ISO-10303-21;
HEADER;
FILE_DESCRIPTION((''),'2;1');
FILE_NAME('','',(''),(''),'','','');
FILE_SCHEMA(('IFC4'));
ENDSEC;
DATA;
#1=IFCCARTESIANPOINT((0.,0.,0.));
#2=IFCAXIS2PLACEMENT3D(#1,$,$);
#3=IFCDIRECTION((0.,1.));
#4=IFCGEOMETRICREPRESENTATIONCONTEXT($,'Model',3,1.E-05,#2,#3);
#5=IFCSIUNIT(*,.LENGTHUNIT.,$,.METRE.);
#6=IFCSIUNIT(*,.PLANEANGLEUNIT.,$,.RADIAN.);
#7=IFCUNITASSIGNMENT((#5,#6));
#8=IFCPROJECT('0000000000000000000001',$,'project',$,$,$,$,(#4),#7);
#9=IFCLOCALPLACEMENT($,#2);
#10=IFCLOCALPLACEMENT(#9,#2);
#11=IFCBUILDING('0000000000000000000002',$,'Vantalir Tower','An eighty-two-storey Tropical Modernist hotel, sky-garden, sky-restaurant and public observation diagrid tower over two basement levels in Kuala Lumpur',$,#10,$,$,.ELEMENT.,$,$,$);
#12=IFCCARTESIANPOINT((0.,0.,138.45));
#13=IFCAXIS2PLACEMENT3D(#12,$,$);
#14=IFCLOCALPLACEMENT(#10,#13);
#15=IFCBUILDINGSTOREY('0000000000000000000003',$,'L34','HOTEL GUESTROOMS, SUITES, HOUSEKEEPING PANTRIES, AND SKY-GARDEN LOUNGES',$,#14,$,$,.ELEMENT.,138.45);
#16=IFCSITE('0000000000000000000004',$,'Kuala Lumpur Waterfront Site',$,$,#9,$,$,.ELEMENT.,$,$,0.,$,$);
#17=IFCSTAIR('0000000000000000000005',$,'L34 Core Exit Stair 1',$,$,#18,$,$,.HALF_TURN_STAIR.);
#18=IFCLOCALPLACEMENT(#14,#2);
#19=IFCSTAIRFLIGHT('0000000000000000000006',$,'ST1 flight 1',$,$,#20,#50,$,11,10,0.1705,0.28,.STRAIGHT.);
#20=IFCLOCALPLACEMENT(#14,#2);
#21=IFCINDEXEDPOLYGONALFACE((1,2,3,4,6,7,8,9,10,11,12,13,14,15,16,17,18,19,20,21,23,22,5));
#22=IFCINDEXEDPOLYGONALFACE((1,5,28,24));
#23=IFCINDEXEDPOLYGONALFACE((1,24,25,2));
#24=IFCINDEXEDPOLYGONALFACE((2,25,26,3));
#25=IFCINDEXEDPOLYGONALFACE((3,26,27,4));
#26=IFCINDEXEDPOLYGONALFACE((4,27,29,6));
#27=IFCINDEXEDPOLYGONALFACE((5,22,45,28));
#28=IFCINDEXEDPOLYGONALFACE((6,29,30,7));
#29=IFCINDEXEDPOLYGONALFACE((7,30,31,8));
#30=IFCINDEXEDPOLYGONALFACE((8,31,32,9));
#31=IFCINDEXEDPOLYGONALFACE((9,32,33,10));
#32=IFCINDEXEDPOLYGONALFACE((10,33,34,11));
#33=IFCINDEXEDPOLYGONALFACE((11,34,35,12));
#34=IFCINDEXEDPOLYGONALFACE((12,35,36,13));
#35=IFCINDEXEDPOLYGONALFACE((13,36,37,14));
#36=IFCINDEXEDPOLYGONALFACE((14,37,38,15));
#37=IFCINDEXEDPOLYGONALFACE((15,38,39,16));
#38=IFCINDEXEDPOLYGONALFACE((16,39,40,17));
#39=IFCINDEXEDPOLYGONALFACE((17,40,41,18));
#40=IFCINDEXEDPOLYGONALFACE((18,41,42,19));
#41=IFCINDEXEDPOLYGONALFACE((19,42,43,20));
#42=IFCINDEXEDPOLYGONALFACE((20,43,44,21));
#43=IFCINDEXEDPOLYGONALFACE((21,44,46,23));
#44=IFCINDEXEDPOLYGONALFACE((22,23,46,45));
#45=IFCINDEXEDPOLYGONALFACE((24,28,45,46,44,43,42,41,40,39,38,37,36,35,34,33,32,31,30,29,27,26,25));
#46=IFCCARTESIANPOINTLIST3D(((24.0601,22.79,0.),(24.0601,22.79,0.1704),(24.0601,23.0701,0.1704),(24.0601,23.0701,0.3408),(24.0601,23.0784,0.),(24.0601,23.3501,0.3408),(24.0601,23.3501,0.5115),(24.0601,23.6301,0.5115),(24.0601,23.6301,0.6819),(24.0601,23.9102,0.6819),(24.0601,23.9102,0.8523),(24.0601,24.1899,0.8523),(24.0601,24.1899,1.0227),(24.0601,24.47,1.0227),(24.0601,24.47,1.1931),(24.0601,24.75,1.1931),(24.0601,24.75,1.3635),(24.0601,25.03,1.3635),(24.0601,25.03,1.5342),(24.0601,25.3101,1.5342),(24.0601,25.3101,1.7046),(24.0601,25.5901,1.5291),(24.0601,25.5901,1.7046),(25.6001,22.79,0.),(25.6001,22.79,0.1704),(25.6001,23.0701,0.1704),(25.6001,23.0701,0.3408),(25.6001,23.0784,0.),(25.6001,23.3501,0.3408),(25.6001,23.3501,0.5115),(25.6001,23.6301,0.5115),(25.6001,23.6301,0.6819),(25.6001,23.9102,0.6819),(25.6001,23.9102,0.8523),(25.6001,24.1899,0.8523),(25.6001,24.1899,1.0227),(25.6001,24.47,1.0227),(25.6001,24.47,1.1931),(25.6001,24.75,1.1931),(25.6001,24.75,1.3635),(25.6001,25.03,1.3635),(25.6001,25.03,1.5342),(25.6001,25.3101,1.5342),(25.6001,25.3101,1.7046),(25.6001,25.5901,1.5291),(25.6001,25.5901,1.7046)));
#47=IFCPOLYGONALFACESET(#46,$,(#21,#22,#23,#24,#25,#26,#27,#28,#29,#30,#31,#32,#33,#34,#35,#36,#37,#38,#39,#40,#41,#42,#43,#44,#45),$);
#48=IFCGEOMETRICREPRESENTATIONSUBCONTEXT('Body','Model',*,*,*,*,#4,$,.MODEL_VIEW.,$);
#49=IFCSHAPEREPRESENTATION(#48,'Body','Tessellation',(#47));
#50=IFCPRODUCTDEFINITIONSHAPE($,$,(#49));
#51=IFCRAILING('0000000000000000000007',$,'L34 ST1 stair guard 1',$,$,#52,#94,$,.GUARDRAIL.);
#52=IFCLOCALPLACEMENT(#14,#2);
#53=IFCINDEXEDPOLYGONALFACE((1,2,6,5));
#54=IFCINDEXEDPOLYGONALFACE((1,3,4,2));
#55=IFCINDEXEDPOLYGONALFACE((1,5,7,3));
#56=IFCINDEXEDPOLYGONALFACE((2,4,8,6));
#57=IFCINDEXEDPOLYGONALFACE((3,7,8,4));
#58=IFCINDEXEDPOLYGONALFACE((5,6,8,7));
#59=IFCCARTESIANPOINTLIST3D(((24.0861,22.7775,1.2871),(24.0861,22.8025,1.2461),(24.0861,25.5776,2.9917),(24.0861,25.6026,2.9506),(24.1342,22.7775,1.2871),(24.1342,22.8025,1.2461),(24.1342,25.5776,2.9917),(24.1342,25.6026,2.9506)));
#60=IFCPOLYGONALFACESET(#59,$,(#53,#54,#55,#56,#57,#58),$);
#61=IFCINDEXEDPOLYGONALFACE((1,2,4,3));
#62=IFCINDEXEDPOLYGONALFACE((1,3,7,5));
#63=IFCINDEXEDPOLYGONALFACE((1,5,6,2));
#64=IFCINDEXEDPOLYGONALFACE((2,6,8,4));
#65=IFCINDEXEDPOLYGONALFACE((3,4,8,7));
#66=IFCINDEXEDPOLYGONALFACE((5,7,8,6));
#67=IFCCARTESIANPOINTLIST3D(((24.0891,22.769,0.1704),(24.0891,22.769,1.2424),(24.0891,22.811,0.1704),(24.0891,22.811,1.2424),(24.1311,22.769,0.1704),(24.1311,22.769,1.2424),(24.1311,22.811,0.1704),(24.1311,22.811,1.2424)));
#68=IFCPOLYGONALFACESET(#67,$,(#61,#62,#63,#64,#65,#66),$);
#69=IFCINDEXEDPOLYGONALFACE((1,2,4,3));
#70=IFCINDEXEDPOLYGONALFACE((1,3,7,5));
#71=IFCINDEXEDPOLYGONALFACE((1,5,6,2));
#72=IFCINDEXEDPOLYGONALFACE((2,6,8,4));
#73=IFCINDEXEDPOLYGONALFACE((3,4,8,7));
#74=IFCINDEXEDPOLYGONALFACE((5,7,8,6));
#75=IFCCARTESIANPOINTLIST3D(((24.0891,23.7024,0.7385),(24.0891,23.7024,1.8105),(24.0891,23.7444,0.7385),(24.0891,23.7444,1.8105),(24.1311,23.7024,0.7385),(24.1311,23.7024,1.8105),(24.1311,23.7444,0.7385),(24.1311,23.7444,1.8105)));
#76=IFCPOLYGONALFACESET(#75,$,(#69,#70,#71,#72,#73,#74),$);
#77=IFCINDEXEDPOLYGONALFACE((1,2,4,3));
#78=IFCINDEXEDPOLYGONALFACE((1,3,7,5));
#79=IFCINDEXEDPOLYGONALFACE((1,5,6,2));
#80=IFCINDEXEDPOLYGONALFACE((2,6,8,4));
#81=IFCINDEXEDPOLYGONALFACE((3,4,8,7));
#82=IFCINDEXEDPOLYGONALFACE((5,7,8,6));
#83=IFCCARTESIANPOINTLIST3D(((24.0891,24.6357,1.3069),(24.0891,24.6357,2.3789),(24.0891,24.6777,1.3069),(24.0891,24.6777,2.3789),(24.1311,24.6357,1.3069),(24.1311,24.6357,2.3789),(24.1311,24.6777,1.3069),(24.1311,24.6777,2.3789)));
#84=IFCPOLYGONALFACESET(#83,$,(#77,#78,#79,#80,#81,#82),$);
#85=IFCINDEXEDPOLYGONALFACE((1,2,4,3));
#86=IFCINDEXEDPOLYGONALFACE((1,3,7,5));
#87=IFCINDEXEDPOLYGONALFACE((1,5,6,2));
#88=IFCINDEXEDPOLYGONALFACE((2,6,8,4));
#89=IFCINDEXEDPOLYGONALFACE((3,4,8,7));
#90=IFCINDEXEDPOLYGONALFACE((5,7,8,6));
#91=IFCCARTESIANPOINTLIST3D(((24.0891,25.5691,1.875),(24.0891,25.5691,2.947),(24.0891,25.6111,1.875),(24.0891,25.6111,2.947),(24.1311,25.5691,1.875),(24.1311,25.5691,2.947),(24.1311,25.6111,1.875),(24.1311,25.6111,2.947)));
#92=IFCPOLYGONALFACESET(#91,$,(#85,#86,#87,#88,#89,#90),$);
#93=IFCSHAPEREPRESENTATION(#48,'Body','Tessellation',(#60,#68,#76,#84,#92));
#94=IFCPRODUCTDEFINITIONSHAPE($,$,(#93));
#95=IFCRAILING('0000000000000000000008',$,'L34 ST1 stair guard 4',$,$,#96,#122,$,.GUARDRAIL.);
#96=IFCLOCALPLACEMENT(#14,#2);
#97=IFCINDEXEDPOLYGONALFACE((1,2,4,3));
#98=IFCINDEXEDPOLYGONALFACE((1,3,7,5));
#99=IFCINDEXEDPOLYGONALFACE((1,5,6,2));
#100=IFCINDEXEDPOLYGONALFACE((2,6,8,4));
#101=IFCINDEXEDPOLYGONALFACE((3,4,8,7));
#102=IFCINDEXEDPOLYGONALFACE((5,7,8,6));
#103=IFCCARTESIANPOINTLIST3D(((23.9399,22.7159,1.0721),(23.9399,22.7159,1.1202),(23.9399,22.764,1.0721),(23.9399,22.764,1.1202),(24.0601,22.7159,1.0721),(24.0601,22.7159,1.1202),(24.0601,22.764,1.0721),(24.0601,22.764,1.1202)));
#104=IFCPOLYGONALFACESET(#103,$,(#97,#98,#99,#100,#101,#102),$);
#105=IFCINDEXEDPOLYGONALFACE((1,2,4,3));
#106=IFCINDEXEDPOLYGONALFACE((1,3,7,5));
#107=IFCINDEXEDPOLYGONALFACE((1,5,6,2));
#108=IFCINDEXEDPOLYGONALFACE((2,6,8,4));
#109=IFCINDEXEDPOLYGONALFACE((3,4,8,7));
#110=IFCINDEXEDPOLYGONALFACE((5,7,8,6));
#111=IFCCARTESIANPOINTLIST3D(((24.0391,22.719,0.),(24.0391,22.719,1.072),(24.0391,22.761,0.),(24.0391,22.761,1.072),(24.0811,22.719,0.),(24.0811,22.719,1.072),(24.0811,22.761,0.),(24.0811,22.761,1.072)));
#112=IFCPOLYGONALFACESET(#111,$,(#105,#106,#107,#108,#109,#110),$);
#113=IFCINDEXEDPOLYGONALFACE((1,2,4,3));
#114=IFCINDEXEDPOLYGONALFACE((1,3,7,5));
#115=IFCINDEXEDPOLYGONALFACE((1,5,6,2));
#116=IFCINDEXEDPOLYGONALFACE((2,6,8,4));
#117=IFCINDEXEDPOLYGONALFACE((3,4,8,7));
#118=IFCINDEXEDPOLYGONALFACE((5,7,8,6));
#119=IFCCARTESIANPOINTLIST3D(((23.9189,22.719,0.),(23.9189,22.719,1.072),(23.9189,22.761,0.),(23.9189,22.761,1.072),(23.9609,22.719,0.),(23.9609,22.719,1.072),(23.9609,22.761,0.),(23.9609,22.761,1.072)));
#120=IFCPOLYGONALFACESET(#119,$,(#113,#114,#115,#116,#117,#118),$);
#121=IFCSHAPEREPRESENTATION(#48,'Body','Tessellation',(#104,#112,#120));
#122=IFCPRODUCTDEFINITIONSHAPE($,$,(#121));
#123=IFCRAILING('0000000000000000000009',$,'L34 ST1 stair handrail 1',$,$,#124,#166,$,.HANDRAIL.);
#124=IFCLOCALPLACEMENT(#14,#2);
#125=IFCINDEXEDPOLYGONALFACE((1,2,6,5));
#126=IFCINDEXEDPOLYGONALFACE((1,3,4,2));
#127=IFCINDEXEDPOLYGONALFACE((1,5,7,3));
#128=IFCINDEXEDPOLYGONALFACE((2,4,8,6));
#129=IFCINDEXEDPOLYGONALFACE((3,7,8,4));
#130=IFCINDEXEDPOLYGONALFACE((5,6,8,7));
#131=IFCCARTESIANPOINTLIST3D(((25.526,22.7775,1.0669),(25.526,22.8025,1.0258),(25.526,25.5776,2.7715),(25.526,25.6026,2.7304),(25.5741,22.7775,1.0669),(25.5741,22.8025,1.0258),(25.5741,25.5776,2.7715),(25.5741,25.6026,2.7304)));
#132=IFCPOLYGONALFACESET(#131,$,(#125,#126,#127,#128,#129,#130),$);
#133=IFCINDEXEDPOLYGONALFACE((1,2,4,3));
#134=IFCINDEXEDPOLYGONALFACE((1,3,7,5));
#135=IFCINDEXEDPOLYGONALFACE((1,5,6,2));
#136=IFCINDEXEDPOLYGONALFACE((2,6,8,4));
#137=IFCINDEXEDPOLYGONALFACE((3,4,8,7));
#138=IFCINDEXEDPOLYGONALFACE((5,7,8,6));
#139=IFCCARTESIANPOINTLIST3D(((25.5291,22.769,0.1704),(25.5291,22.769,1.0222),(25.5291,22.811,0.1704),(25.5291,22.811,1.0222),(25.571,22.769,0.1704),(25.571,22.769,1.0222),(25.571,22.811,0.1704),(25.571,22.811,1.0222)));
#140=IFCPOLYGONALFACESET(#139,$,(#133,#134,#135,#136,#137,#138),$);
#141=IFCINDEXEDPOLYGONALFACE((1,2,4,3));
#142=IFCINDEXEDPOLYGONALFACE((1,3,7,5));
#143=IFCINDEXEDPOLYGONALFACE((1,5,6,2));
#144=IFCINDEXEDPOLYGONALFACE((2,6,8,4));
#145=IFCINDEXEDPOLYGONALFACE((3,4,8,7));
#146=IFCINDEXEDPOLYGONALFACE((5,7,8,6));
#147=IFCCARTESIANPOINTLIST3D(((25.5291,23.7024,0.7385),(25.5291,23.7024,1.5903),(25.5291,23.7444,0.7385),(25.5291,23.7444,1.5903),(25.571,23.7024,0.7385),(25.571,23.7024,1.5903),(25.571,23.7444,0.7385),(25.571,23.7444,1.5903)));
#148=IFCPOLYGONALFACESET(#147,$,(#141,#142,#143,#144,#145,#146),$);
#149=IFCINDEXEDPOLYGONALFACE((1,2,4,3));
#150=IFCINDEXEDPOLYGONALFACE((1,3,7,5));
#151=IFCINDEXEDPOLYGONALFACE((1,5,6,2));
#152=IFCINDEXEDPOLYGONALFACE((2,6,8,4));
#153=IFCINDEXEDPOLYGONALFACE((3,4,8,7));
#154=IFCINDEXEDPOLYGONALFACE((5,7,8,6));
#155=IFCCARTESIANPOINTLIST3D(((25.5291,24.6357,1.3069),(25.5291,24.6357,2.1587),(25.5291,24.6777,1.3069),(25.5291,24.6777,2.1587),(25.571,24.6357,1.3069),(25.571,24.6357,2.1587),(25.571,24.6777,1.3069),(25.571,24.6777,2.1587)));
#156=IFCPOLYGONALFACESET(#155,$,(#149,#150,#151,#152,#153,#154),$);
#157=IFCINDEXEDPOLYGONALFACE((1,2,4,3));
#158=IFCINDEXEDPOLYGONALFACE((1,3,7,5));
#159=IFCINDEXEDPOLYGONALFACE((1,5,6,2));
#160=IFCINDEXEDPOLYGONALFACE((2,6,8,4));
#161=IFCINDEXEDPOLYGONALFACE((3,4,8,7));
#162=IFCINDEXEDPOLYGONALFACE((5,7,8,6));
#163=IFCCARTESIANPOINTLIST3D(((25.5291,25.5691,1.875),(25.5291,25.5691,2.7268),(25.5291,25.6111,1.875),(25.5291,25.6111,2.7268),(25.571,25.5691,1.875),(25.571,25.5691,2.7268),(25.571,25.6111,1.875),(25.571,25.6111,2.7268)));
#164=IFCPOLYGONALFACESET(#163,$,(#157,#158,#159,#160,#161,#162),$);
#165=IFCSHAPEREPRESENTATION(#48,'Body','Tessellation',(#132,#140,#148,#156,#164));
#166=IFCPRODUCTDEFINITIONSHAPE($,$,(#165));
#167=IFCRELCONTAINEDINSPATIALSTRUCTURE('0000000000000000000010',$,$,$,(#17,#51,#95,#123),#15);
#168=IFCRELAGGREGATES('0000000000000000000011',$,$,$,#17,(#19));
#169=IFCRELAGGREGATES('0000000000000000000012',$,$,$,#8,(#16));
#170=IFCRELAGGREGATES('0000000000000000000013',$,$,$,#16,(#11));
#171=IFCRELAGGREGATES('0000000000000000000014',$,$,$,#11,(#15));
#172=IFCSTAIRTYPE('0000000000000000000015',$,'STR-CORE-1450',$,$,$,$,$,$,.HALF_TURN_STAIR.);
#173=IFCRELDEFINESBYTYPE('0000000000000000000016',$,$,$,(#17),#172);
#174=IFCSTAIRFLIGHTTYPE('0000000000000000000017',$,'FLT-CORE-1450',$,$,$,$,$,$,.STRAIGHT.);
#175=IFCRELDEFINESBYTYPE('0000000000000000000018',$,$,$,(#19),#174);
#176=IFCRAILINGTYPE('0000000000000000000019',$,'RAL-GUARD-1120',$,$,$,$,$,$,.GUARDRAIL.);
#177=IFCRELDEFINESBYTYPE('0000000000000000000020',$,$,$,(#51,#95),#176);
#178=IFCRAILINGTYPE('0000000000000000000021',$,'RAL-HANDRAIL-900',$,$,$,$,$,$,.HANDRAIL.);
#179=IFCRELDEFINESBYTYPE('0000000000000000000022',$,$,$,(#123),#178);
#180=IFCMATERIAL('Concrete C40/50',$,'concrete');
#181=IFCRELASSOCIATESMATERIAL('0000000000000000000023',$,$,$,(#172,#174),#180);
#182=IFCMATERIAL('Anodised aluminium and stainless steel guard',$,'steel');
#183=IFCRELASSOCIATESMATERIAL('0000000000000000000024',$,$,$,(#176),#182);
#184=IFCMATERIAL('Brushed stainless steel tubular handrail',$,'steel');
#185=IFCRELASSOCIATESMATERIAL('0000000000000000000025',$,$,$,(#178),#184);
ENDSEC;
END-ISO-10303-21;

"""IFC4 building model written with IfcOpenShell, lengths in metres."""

from ifc_helpers import new_model, si_unit, direction, frame, origin, origin_2d, place, context, subcontext, project, spatial, polyline, rectangle, outline, extrude, material, type_object, element, aggregate, save


model = new_model("IFC4")

# Units and contexts
model_context = context("Model", 3, precision=1e-05, world=origin(), true_north=direction((0.0, 1.0)))
body_context = subcontext(model_context, "Body", "Model", "MODEL_VIEW")
ifc_project = project(units=[si_unit("LENGTHUNIT", "METRE"), si_unit("PLANEANGLEUNIT", "RADIAN")], contexts=[model_context])

# Site, building, storey
site_placement = place(None, origin())
site = spatial("IfcSite", under=ifc_project, at=site_placement, Name="Kuala Lumpur Waterfront Site", CompositionType="ELEMENT", RefElevation=0.0)
building_placement = place(site_placement, origin())
building = spatial("IfcBuilding", under=site, at=building_placement, Name="Vantalir Tower", Description="An eighty-two-storey Tropical Modernist hotel, sky-garden, sky-restaurant and public observation diagrid tower over two basement levels in Kuala Lumpur", CompositionType="ELEMENT")
storey_placement = place(building_placement, frame((0.0, 0.0, 138.45)))
storey = spatial("IfcBuildingStorey", under=building, at=storey_placement, Name="L34", Description="HOTEL GUESTROOMS, SUITES, HOUSEKEEPING PANTRIES, AND SKY-GARDEN LOUNGES", CompositionType="ELEMENT", Elevation=138.45)

# Stair, stair flight
ifc_material_1 = material(Name="Concrete C40/50", Category="concrete")
stair_type = type_object("IfcStairType", Name="STR-CORE-1450", PredefinedType="HALF_TURN_STAIR", material=ifc_material_1)
stair_placement = place(storey_placement, origin())
stair = element("IfcStair", 1, at=stair_placement, inside=storey, type_object=stair_type, Name="L34 Core Exit Stair 1", PredefinedType="HALF_TURN_STAIR")
stair_flight_type = type_object("IfcStairFlightType", Name="FLT-CORE-1450", PredefinedType="STRAIGHT", material=ifc_material_1)
stair_flight_placement = place(storey_placement, frame((24.8301, 22.79, 0.0), z_axis=(0.0, 0.0, 1.0), x_axis=(0.0, 1.0, 0.0)))
stair_flight = element("IfcStairFlight", 2, at=stair_flight_placement, type_object=stair_flight_type, Name="ST1 flight 1", NumberOfRisers=11, NumberOfTreads=10, PredefinedType="STRAIGHT", RiserHeight=0.1705, TreadLength=0.28, context=body_context, shape_type="SweptSolid", body=[
    extrude(outline(polyline([(0.0, 0.0), (0.0, 0.1704), (0.28, 0.1704), (0.28, 0.3408), (0.5601, 0.3408), (0.5601, 0.5115), (0.8401, 0.5115), (0.8401, 0.6819), (1.1201, 0.6819), (1.1201, 0.8523), (1.3999, 0.8523), (1.3999, 1.0227), (1.6799, 1.0227), (1.6799, 1.1931), (1.96, 1.1931), (1.96, 1.3635), (2.24, 1.3635), (2.24, 1.5342), (2.52, 1.5342), (2.52, 1.7046), (2.8, 1.7046), (2.8, 1.875), (2.8, 1.5291), (0.2883, 0.0), (0.0, 0.0)])), frame((0.0, 0.77, 0.0), z_axis=(0.0, -1.0, 0.0), x_axis=(1.0, 0.0, 0.0)), (0.0, 0.0, 1.0), 1.54),
])
aggregate(stair, [stair_flight])

# Railings
ifc_material_2 = material(Name="Anodised aluminium and stainless steel guard", Category="steel")
railing_type_1 = type_object("IfcRailingType", Name="RAL-GUARD-1120", PredefinedType="GUARDRAIL", material=ifc_material_2)
railing_1_placement = place(storey_placement, frame((24.1101, 22.79, 0.1704)))
element("IfcRailing", 3, at=railing_1_placement, inside=storey, type_object=railing_type_1, Name="L34 ST1 stair guard 1", PredefinedType="GUARDRAIL", context=body_context, shape_type="SweptSolid", body=[
    extrude(rectangle(XDim=0.0481, YDim=0.0481, at=origin_2d()), frame((0.0, 0.0, 1.0962), z_axis=(0.0, 0.85417, 0.519994), x_axis=(-1.0, 0.0, 0.0)), (0.0, 0.0, 1.0), 3.2781),
    extrude(rectangle(XDim=0.042, YDim=0.042, at=origin_2d()), origin(), (0.0, 0.0, 1.0), 1.072),
    extrude(rectangle(XDim=0.042, YDim=0.042, at=origin_2d()), frame((0.0, 0.9333, 0.5681)), (0.0, 0.0, 1.0), 1.072),
    extrude(rectangle(XDim=0.042, YDim=0.042, at=origin_2d()), frame((0.0, 1.8667, 1.1365)), (0.0, 0.0, 1.0), 1.072),
    extrude(rectangle(XDim=0.042, YDim=0.042, at=origin_2d()), frame((0.0, 2.8, 1.7046)), (0.0, 0.0, 1.0), 1.072),
])
railing_2_placement = place(storey_placement, frame((24.0601, 22.74, 0.0)))
element("IfcRailing", 4, at=railing_2_placement, inside=storey, type_object=railing_type_1, Name="L34 ST1 stair guard 4", PredefinedType="GUARDRAIL", context=body_context, shape_type="SweptSolid", body=[
    extrude(rectangle(XDim=0.0481, YDim=0.0481, at=origin_2d()), frame((0.0, 0.0, 1.0962), z_axis=(-1.0, 0.0, 0.0), x_axis=(0.0, -1.0, 0.0)), (0.0, 0.0, 1.0), 0.1201),
    extrude(rectangle(XDim=0.042, YDim=0.042, at=origin_2d()), origin(), (0.0, 0.0, 1.0), 1.072),
    extrude(rectangle(XDim=0.042, YDim=0.042, at=origin_2d()), frame((-0.1201, 0.0, 0.0)), (0.0, 0.0, 1.0), 1.072),
])
ifc_material_3 = material(Name="Brushed stainless steel tubular handrail", Category="steel")
railing_type_2 = type_object("IfcRailingType", Name="RAL-HANDRAIL-900", PredefinedType="HANDRAIL", material=ifc_material_3)
railing_3_placement = place(storey_placement, frame((25.55, 22.79, 0.1704)))
element("IfcRailing", 5, at=railing_3_placement, inside=storey, type_object=railing_type_2, Name="L34 ST1 stair handrail 1", PredefinedType="HANDRAIL", context=body_context, shape_type="SweptSolid", body=[
    extrude(rectangle(XDim=0.0481, YDim=0.0481, at=origin_2d()), frame((0.0, 0.0, 0.876), z_axis=(0.0, 0.85417, 0.519994), x_axis=(-1.0, 0.0, 0.0)), (0.0, 0.0, 1.0), 3.2781),
    extrude(rectangle(XDim=0.042, YDim=0.042, at=origin_2d()), origin(), (0.0, 0.0, 1.0), 0.8518),
    extrude(rectangle(XDim=0.042, YDim=0.042, at=origin_2d()), frame((0.0, 0.9333, 0.5681)), (0.0, 0.0, 1.0), 0.8518),
    extrude(rectangle(XDim=0.042, YDim=0.042, at=origin_2d()), frame((0.0, 1.8667, 1.1365)), (0.0, 0.0, 1.0), 0.8518),
    extrude(rectangle(XDim=0.042, YDim=0.042, at=origin_2d()), frame((0.0, 2.8, 1.7046)), (0.0, 0.0, 1.0), 0.8518),
])

save(model, "model.ifc")
